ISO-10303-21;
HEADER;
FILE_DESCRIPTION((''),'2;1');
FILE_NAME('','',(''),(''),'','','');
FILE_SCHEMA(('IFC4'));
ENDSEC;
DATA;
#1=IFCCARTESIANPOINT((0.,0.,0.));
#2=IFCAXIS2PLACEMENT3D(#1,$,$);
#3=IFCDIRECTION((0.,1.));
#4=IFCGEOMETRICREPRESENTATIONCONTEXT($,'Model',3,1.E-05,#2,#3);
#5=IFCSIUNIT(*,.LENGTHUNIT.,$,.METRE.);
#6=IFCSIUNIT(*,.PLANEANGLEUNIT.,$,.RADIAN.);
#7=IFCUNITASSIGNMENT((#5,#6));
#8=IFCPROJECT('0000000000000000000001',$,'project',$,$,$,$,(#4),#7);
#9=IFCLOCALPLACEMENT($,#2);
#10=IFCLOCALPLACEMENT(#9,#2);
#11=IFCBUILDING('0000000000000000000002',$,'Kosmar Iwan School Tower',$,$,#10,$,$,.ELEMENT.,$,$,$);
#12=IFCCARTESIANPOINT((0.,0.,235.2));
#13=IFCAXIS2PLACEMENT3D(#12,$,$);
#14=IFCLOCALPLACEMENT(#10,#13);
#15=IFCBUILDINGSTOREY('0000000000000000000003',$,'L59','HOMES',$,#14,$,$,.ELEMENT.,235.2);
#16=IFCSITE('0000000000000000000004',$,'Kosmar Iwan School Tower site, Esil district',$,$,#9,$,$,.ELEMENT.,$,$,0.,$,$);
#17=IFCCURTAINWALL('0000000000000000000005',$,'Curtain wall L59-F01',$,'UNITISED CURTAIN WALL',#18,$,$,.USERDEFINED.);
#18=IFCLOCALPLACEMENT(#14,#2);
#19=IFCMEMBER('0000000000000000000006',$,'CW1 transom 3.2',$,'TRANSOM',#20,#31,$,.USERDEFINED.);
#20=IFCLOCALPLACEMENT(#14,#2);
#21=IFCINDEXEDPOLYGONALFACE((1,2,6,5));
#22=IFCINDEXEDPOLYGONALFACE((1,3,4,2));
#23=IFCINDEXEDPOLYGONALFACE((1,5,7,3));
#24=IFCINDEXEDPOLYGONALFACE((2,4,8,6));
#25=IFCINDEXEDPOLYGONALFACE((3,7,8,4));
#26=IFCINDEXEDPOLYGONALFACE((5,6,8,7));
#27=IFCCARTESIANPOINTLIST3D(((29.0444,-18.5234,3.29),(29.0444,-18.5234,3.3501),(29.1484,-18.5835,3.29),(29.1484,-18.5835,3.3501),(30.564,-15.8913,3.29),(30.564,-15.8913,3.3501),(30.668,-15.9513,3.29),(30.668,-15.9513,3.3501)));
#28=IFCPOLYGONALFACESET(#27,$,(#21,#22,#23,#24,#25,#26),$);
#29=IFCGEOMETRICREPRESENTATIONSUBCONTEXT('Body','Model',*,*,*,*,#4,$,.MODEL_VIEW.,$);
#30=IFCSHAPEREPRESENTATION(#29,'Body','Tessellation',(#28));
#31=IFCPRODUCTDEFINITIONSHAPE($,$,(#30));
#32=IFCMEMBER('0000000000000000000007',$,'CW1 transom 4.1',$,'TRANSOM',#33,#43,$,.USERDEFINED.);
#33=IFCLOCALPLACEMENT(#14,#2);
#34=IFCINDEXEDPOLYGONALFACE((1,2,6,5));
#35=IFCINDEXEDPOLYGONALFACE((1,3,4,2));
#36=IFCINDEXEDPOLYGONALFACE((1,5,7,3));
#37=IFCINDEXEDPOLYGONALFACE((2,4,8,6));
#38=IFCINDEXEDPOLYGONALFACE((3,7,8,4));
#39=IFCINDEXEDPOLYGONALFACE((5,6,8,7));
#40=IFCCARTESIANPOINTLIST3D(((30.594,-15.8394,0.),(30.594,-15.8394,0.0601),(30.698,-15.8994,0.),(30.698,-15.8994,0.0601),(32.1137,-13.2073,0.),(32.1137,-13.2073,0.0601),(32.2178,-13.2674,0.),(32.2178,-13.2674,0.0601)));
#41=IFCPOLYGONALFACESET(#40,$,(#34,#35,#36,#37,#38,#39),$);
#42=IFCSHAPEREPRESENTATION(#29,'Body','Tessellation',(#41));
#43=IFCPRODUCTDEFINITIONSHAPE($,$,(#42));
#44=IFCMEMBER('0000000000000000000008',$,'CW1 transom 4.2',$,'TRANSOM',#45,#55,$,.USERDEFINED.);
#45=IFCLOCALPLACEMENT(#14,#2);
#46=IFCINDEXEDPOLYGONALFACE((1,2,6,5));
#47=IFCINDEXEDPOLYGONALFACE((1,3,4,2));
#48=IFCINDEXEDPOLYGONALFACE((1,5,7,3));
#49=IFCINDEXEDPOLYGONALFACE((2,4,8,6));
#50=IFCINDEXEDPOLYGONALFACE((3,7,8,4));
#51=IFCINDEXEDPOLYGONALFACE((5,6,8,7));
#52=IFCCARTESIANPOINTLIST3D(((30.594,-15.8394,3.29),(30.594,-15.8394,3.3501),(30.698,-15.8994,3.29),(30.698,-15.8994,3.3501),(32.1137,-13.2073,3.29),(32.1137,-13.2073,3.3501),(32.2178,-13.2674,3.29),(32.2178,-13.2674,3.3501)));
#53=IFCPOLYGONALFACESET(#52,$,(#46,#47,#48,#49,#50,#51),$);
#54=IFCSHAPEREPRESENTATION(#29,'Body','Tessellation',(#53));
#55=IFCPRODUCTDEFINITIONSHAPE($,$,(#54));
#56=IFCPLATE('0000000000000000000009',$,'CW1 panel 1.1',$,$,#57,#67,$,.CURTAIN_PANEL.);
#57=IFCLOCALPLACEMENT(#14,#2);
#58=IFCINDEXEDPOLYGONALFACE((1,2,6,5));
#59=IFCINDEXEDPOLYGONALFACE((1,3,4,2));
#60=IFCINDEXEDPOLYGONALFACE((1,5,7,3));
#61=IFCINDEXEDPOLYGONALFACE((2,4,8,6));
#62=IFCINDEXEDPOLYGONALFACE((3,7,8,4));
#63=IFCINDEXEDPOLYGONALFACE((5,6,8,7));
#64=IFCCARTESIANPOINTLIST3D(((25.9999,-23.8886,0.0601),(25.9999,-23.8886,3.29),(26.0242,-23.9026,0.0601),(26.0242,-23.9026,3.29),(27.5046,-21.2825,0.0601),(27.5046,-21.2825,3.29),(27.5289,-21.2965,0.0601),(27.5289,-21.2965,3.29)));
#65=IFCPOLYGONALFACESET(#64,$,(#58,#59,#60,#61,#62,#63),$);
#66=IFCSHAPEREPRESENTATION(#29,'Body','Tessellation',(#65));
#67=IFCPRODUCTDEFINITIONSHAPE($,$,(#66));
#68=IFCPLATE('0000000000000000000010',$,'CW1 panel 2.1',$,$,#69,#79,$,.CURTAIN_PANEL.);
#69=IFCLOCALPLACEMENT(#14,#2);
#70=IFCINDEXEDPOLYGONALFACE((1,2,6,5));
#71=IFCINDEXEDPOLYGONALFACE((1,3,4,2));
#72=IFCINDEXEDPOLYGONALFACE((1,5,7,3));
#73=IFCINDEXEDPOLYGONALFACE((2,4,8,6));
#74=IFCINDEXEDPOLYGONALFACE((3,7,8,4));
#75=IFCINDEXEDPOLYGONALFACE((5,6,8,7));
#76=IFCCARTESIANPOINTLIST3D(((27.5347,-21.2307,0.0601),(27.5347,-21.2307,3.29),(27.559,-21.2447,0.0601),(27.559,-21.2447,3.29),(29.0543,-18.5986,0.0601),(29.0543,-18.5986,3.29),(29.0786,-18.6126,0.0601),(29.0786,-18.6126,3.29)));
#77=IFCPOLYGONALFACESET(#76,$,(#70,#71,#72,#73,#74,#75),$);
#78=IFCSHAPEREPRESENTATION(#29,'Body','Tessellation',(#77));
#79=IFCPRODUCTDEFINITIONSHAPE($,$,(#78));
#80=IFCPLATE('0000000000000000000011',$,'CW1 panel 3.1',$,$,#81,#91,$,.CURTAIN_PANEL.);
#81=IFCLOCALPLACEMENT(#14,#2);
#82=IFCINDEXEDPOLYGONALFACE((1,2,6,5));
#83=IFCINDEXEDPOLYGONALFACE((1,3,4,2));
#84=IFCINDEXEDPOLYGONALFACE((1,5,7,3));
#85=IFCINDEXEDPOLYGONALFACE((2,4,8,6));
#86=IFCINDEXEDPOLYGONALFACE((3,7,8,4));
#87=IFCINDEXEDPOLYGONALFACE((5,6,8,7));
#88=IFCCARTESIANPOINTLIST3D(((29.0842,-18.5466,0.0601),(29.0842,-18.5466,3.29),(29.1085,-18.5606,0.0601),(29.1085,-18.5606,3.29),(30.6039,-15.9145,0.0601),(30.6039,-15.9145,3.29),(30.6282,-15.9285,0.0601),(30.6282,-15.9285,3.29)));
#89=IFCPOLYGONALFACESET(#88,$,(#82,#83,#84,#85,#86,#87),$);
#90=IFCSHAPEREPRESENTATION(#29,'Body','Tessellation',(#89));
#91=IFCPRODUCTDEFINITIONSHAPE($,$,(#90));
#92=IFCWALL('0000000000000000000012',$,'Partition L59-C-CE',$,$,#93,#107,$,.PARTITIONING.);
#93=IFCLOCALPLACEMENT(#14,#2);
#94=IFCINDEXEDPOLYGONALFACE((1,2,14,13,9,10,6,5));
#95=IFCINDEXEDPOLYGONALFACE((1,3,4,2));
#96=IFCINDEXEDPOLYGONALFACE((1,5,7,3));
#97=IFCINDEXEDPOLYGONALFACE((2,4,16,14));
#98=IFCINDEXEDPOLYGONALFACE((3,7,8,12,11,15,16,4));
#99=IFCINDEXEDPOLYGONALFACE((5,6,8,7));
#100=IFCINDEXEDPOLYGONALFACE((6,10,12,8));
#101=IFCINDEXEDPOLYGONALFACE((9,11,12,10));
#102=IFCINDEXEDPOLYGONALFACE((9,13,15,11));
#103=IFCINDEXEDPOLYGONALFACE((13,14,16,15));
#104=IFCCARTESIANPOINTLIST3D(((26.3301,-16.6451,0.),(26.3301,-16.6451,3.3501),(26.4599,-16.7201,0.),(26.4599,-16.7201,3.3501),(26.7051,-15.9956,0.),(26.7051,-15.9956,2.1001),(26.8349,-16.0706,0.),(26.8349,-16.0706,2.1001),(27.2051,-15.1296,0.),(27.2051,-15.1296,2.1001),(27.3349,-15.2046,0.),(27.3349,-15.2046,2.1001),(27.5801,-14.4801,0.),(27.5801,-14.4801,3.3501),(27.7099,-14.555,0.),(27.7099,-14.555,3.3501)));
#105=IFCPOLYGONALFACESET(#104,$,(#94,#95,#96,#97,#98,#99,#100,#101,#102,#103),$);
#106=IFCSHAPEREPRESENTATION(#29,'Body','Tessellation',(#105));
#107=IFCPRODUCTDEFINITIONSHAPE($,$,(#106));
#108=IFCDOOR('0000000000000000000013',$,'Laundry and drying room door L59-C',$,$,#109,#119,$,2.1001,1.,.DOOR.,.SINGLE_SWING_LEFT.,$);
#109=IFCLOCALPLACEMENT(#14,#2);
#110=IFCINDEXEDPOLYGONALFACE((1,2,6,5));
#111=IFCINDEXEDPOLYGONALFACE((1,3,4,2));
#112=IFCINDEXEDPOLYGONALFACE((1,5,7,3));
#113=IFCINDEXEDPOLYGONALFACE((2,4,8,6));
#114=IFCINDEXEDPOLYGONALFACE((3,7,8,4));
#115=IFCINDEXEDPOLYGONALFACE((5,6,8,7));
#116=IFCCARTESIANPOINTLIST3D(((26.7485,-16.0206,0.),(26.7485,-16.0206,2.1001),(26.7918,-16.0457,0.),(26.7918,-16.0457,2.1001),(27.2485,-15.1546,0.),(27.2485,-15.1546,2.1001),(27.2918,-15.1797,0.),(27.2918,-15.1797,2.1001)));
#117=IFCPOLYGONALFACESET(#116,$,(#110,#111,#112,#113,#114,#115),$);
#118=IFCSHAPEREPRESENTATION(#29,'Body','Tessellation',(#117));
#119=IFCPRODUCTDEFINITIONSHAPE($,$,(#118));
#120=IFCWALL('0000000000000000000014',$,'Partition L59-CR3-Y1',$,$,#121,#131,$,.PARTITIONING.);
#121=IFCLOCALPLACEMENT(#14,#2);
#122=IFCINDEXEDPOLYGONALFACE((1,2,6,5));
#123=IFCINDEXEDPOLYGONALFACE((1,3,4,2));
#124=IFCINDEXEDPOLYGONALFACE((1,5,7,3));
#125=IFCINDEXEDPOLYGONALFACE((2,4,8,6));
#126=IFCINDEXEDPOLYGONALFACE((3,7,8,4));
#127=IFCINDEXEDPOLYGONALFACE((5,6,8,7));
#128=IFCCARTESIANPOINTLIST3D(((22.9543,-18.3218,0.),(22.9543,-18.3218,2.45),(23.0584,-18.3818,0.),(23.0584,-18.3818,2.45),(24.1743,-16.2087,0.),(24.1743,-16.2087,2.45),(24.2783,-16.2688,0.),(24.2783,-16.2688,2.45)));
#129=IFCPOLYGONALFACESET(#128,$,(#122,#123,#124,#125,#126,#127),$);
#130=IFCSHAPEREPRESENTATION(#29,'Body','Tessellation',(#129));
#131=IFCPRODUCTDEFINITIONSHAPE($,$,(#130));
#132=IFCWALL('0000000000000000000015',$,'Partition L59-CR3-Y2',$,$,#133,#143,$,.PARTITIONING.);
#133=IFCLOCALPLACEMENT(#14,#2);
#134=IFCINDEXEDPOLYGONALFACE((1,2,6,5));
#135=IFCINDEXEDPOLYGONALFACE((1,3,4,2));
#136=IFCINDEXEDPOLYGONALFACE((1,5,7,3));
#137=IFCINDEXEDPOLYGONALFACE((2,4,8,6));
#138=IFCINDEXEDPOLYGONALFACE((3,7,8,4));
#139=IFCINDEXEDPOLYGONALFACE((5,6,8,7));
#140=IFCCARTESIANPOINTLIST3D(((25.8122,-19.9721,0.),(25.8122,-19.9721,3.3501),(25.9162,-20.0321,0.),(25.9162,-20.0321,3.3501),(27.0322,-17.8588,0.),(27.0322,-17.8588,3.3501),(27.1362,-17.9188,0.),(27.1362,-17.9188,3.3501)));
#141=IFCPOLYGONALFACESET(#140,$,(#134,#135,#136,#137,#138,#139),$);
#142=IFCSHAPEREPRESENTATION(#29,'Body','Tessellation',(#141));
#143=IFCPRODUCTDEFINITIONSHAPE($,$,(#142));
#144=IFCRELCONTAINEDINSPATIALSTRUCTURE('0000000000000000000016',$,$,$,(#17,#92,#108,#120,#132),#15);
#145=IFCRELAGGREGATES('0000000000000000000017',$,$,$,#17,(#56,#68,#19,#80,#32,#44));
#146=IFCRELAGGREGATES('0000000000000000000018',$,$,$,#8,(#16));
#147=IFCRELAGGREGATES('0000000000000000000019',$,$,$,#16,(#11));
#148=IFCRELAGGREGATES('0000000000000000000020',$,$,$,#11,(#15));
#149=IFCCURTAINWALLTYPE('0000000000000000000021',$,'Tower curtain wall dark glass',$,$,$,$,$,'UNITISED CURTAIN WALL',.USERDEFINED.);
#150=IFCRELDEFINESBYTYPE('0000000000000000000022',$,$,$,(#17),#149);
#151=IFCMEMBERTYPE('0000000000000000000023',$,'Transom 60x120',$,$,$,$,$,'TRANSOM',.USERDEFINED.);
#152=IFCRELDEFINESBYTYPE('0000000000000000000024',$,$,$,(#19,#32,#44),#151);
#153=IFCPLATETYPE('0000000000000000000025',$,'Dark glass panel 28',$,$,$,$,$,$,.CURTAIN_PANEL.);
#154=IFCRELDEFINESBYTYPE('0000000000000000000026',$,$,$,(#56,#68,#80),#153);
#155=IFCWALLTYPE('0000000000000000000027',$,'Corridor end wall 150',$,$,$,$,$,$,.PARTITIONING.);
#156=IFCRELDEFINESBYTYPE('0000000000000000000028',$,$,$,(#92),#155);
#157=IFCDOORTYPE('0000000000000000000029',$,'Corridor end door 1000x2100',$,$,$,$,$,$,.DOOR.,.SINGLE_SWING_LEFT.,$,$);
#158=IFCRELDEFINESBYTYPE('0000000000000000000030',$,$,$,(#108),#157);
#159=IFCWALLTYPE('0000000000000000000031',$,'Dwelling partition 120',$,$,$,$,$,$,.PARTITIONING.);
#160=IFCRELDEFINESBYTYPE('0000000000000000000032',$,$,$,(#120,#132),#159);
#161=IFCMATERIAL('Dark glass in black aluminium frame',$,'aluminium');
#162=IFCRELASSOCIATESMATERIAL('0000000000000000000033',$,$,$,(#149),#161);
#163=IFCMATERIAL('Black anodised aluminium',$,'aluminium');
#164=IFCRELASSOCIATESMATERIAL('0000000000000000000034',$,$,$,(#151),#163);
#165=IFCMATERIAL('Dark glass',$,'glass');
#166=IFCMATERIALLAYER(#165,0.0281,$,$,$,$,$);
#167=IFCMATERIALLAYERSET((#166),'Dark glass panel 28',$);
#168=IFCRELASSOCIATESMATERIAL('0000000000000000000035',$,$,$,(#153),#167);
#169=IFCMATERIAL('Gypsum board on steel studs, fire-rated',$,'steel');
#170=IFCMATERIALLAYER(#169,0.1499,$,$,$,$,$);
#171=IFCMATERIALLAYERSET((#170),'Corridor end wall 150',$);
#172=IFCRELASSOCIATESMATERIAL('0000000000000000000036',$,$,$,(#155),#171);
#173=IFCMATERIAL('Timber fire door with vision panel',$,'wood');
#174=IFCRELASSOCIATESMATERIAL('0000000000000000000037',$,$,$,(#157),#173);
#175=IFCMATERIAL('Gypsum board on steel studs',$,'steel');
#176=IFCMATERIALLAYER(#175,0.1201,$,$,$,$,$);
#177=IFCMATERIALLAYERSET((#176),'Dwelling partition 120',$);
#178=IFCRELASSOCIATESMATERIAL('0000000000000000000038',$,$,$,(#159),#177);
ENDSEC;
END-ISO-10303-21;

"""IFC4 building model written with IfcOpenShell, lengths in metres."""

from ifc_helpers import new_model, si_unit, direction, frame, frame_2d, origin, origin_2d, place, context, subcontext, project, spatial, rectangle, extrude, material, layer, layer_set, material_profile, profile_set, type_object, element, fill, aggregate, save


model = new_model("IFC4")

# Units and contexts
model_context = context("Model", 3, precision=1e-05, world=origin(), true_north=direction((0.0, 1.0)))
body_context = subcontext(model_context, "Body", "Model", "MODEL_VIEW")
ifc_project = project(units=[si_unit("LENGTHUNIT", "METRE"), si_unit("PLANEANGLEUNIT", "RADIAN")], contexts=[model_context])

# Site, building, storey
site_placement = place(None, origin())
site = spatial("IfcSite", under=ifc_project, at=site_placement, Name="Kosmar Iwan School Tower site, Esil district", CompositionType="ELEMENT", RefElevation=0.0)
building_placement = place(site_placement, origin())
building = spatial("IfcBuilding", under=site, at=building_placement, Name="Kosmar Iwan School Tower", CompositionType="ELEMENT")
storey_placement = place(building_placement, frame((0.0, 0.0, 235.2)))
storey = spatial("IfcBuildingStorey", under=building, at=storey_placement, Name="L59", Description="HOMES", CompositionType="ELEMENT", Elevation=235.2)

# Curtain wall
ifc_material_1 = material(Name="Dark glass in black aluminium frame", Category="aluminium")
curtain_wall_type_1 = type_object("IfcCurtainWallType", Name="Tower curtain wall dark glass", ElementType="UNITISED CURTAIN WALL", PredefinedType="USERDEFINED", material=ifc_material_1)
curtain_wall_1_placement = place(storey_placement, origin())
curtain_wall_1 = element("IfcCurtainWall", 1, at=curtain_wall_1_placement, inside=storey, type_object=curtain_wall_type_1, Name="Curtain wall L59-F01", ObjectType="UNITISED CURTAIN WALL", PredefinedType="USERDEFINED")

# Members
ifc_material_2 = material(Name="Black anodised aluminium", Category="aluminium")
ifc_material_profile_1 = material_profile(ifc_material_2, rectangle(XDim=0.1201, YDim=0.0601, at=origin_2d()), Name="TRANSOM 60x120")
ifc_profile_set_1 = profile_set([ifc_material_profile_1], Name="Black anodised aluminium")
member_type_1 = type_object("IfcMemberType", Name="Transom 60x120", ElementType="TRANSOM", PredefinedType="USERDEFINED", material=ifc_profile_set_1)
member_1_placement = place(storey_placement, frame((29.0964, -18.5535, 3.3201), z_axis=(0.499975, 0.86604, 0.0), x_axis=(-0.86604, 0.499975, 0.0)))
member_1 = element("IfcMember", 2, at=member_1_placement, type_object=member_type_1, Name="CW1 transom 3.2", ObjectType="TRANSOM", PredefinedType="USERDEFINED", context=body_context, shape_type="SweptSolid", body=[
    extrude(rectangle(XDim=0.1201, YDim=0.0601, at=origin_2d()), origin(), (0.0, 0.0, 1.0), 3.0393),
])
member_2_placement = place(storey_placement, frame((30.646, -15.8694, 0.03), z_axis=(0.500035, 0.866005, 0.0), x_axis=(-0.866005, 0.500035, 0.0)))
member_2 = element("IfcMember", 3, at=member_2_placement, type_object=member_type_1, Name="CW1 transom 4.1", ObjectType="TRANSOM", PredefinedType="USERDEFINED", context=body_context, shape_type="SweptSolid", body=[
    extrude(rectangle(XDim=0.1201, YDim=0.0601, at=origin_2d()), origin(), (0.0, 0.0, 1.0), 3.0393),
])
member_3_placement = place(storey_placement, frame((30.646, -15.8694, 3.3201), z_axis=(0.500035, 0.866005, 0.0), x_axis=(-0.866005, 0.500035, 0.0)))
member_3 = element("IfcMember", 4, at=member_3_placement, type_object=member_type_1, Name="CW1 transom 4.2", ObjectType="TRANSOM", PredefinedType="USERDEFINED", context=body_context, shape_type="SweptSolid", body=[
    extrude(rectangle(XDim=0.1201, YDim=0.0601, at=origin_2d()), origin(), (0.0, 0.0, 1.0), 3.0393),
])

# Plates
ifc_material_3 = material(Name="Dark glass", Category="glass")
ifc_layer_1 = layer(ifc_material_3, 0.0281)
ifc_layer_set_1 = layer_set([ifc_layer_1], Name="Dark glass panel 28")
plate_type = type_object("IfcPlateType", Name="Dark glass panel 28", PredefinedType="CURTAIN_PANEL", material=ifc_layer_set_1)
plate_1_placement = place(storey_placement, frame((26.7644, -22.5925, 0.0601), z_axis=(0.0, 0.0, 1.0), x_axis=(0.5, 0.866025, 0.0)))
plate_1 = element("IfcPlate", 5, at=plate_1_placement, type_object=plate_type, Name="CW1 panel 1.1", PredefinedType="CURTAIN_PANEL", context=body_context, shape_type="SweptSolid", body=[
    extrude(rectangle(XDim=3.0093, YDim=0.0281, at=origin_2d()), origin(), (0.0, 0.0, 1.0), 3.23),
])
plate_2_placement = place(storey_placement, frame((28.3066, -19.9216, 0.0601), z_axis=(0.0, 0.0, 1.0), x_axis=(0.5, 0.866025, 0.0)))
plate_2 = element("IfcPlate", 6, at=plate_2_placement, type_object=plate_type, Name="CW1 panel 2.1", PredefinedType="CURTAIN_PANEL", context=body_context, shape_type="SweptSolid", body=[
    extrude(rectangle(XDim=3.0393, YDim=0.0281, at=origin_2d()), origin(), (0.0, 0.0, 1.0), 3.23),
])
plate_3_placement = place(storey_placement, frame((29.8562, -17.2375, 0.0601), z_axis=(0.0, 0.0, 1.0), x_axis=(0.5, 0.866025, 0.0)))
plate_3 = element("IfcPlate", 7, at=plate_3_placement, type_object=plate_type, Name="CW1 panel 3.1", PredefinedType="CURTAIN_PANEL", context=body_context, shape_type="SweptSolid", body=[
    extrude(rectangle(XDim=3.0393, YDim=0.0281, at=origin_2d()), origin(), (0.0, 0.0, 1.0), 3.23),
])
aggregate(curtain_wall_1, [plate_1, plate_2, member_1, plate_3, member_2, member_3])

# Wall, opening, door
ifc_material_4 = material(Name="Gypsum board on steel studs, fire-rated", Category="steel")
ifc_layer_2 = layer(ifc_material_4, 0.1499)
ifc_layer_set_2 = layer_set([ifc_layer_2], Name="Corridor end wall 150")
wall_type_1 = type_object("IfcWallType", Name="Corridor end wall 150", PredefinedType="PARTITIONING", material=ifc_layer_set_2)
wall_1_placement = place(storey_placement, frame((26.395, -16.6826, 0.0), z_axis=(0.0, 0.0, 1.0), x_axis=(0.500004, 0.866023, 0.0)))
wall_1 = element("IfcWall", 8, at=wall_1_placement, inside=storey, type_object=wall_type_1, Name="Partition L59-C-CE", PredefinedType="PARTITIONING", context=body_context, shape_type="SweptSolid", body=[
    extrude(rectangle(XDim=2.5, YDim=0.1499, at=frame_2d((1.25, 0.0))), origin(), (0.0, 0.0, 1.0), 3.3501),
])
opening_placement = place(wall_1_placement, frame((0.75, 0.0, 0.0)))
opening = element("IfcOpeningElement", 9, at=opening_placement, cuts=wall_1, PredefinedType="OPENING", context=body_context, shape_type="SweptSolid", body=[
    extrude(rectangle(XDim=1.0, YDim=2.1001, at=frame_2d((0.5, 1.05))), frame((0.0, 0.0869, 0.0), z_axis=(0.0, -1.0, 0.0), x_axis=(1.0, 0.0, 0.0)), (0.0, 0.0, 1.0), 0.1738),
])
ifc_material_5 = material(Name="Timber fire door with vision panel", Category="wood")
door_type = type_object("IfcDoorType", Name="Corridor end door 1000x2100", OperationType="SINGLE_SWING_LEFT", PredefinedType="DOOR", material=ifc_material_5)
door_placement = place(opening_placement, origin())
door = element("IfcDoor", 10, at=door_placement, inside=storey, type_object=door_type, Name="Laundry and drying room door L59-C", OperationType="SINGLE_SWING_LEFT", OverallHeight=2.1001, OverallWidth=1.0, PredefinedType="DOOR", context=body_context, shape_type="SweptSolid", body=[
    extrude(rectangle(XDim=1.0, YDim=2.1001, at=frame_2d((0.5, 1.05))), frame((0.0, 0.0249, 0.0), z_axis=(0.0, -1.0, 0.0), x_axis=(1.0, 0.0, 0.0)), (0.0, 0.0, 1.0), 0.05),
])
fill(opening, door)

# Walls
ifc_material_6 = material(Name="Gypsum board on steel studs", Category="steel")
ifc_layer_3 = layer(ifc_material_6, 0.1201)
ifc_layer_set_3 = layer_set([ifc_layer_3], Name="Dwelling partition 120")
wall_type_2 = type_object("IfcWallType", Name="Dwelling partition 120", PredefinedType="PARTITIONING", material=ifc_layer_set_3)
wall_2_placement = place(storey_placement, frame((24.2263, -16.2388, 0.0), z_axis=(0.0, 0.0, 1.0), x_axis=(-0.500003, -0.866024, 0.0)))
element("IfcWall", 11, at=wall_2_placement, inside=storey, type_object=wall_type_2, Name="Partition L59-CR3-Y1", PredefinedType="PARTITIONING", context=body_context, shape_type="SweptSolid", body=[
    extrude(rectangle(XDim=2.4399, YDim=0.1201, at=frame_2d((1.22, 0.0))), origin(), (0.0, 0.0, 1.0), 2.45),
])
wall_3_placement = place(storey_placement, frame((27.0842, -17.8887, 0.0), z_axis=(0.0, 0.0, 1.0), x_axis=(-0.499959, -0.866049, 0.0)))
element("IfcWall", 12, at=wall_3_placement, inside=storey, type_object=wall_type_2, Name="Partition L59-CR3-Y2", PredefinedType="PARTITIONING", context=body_context, shape_type="SweptSolid", body=[
    extrude(rectangle(XDim=2.4402, YDim=0.1201, at=frame_2d((1.2202, 0.0))), origin(), (0.0, 0.0, 1.0), 3.3501),
])

save(model, "model.ifc")
